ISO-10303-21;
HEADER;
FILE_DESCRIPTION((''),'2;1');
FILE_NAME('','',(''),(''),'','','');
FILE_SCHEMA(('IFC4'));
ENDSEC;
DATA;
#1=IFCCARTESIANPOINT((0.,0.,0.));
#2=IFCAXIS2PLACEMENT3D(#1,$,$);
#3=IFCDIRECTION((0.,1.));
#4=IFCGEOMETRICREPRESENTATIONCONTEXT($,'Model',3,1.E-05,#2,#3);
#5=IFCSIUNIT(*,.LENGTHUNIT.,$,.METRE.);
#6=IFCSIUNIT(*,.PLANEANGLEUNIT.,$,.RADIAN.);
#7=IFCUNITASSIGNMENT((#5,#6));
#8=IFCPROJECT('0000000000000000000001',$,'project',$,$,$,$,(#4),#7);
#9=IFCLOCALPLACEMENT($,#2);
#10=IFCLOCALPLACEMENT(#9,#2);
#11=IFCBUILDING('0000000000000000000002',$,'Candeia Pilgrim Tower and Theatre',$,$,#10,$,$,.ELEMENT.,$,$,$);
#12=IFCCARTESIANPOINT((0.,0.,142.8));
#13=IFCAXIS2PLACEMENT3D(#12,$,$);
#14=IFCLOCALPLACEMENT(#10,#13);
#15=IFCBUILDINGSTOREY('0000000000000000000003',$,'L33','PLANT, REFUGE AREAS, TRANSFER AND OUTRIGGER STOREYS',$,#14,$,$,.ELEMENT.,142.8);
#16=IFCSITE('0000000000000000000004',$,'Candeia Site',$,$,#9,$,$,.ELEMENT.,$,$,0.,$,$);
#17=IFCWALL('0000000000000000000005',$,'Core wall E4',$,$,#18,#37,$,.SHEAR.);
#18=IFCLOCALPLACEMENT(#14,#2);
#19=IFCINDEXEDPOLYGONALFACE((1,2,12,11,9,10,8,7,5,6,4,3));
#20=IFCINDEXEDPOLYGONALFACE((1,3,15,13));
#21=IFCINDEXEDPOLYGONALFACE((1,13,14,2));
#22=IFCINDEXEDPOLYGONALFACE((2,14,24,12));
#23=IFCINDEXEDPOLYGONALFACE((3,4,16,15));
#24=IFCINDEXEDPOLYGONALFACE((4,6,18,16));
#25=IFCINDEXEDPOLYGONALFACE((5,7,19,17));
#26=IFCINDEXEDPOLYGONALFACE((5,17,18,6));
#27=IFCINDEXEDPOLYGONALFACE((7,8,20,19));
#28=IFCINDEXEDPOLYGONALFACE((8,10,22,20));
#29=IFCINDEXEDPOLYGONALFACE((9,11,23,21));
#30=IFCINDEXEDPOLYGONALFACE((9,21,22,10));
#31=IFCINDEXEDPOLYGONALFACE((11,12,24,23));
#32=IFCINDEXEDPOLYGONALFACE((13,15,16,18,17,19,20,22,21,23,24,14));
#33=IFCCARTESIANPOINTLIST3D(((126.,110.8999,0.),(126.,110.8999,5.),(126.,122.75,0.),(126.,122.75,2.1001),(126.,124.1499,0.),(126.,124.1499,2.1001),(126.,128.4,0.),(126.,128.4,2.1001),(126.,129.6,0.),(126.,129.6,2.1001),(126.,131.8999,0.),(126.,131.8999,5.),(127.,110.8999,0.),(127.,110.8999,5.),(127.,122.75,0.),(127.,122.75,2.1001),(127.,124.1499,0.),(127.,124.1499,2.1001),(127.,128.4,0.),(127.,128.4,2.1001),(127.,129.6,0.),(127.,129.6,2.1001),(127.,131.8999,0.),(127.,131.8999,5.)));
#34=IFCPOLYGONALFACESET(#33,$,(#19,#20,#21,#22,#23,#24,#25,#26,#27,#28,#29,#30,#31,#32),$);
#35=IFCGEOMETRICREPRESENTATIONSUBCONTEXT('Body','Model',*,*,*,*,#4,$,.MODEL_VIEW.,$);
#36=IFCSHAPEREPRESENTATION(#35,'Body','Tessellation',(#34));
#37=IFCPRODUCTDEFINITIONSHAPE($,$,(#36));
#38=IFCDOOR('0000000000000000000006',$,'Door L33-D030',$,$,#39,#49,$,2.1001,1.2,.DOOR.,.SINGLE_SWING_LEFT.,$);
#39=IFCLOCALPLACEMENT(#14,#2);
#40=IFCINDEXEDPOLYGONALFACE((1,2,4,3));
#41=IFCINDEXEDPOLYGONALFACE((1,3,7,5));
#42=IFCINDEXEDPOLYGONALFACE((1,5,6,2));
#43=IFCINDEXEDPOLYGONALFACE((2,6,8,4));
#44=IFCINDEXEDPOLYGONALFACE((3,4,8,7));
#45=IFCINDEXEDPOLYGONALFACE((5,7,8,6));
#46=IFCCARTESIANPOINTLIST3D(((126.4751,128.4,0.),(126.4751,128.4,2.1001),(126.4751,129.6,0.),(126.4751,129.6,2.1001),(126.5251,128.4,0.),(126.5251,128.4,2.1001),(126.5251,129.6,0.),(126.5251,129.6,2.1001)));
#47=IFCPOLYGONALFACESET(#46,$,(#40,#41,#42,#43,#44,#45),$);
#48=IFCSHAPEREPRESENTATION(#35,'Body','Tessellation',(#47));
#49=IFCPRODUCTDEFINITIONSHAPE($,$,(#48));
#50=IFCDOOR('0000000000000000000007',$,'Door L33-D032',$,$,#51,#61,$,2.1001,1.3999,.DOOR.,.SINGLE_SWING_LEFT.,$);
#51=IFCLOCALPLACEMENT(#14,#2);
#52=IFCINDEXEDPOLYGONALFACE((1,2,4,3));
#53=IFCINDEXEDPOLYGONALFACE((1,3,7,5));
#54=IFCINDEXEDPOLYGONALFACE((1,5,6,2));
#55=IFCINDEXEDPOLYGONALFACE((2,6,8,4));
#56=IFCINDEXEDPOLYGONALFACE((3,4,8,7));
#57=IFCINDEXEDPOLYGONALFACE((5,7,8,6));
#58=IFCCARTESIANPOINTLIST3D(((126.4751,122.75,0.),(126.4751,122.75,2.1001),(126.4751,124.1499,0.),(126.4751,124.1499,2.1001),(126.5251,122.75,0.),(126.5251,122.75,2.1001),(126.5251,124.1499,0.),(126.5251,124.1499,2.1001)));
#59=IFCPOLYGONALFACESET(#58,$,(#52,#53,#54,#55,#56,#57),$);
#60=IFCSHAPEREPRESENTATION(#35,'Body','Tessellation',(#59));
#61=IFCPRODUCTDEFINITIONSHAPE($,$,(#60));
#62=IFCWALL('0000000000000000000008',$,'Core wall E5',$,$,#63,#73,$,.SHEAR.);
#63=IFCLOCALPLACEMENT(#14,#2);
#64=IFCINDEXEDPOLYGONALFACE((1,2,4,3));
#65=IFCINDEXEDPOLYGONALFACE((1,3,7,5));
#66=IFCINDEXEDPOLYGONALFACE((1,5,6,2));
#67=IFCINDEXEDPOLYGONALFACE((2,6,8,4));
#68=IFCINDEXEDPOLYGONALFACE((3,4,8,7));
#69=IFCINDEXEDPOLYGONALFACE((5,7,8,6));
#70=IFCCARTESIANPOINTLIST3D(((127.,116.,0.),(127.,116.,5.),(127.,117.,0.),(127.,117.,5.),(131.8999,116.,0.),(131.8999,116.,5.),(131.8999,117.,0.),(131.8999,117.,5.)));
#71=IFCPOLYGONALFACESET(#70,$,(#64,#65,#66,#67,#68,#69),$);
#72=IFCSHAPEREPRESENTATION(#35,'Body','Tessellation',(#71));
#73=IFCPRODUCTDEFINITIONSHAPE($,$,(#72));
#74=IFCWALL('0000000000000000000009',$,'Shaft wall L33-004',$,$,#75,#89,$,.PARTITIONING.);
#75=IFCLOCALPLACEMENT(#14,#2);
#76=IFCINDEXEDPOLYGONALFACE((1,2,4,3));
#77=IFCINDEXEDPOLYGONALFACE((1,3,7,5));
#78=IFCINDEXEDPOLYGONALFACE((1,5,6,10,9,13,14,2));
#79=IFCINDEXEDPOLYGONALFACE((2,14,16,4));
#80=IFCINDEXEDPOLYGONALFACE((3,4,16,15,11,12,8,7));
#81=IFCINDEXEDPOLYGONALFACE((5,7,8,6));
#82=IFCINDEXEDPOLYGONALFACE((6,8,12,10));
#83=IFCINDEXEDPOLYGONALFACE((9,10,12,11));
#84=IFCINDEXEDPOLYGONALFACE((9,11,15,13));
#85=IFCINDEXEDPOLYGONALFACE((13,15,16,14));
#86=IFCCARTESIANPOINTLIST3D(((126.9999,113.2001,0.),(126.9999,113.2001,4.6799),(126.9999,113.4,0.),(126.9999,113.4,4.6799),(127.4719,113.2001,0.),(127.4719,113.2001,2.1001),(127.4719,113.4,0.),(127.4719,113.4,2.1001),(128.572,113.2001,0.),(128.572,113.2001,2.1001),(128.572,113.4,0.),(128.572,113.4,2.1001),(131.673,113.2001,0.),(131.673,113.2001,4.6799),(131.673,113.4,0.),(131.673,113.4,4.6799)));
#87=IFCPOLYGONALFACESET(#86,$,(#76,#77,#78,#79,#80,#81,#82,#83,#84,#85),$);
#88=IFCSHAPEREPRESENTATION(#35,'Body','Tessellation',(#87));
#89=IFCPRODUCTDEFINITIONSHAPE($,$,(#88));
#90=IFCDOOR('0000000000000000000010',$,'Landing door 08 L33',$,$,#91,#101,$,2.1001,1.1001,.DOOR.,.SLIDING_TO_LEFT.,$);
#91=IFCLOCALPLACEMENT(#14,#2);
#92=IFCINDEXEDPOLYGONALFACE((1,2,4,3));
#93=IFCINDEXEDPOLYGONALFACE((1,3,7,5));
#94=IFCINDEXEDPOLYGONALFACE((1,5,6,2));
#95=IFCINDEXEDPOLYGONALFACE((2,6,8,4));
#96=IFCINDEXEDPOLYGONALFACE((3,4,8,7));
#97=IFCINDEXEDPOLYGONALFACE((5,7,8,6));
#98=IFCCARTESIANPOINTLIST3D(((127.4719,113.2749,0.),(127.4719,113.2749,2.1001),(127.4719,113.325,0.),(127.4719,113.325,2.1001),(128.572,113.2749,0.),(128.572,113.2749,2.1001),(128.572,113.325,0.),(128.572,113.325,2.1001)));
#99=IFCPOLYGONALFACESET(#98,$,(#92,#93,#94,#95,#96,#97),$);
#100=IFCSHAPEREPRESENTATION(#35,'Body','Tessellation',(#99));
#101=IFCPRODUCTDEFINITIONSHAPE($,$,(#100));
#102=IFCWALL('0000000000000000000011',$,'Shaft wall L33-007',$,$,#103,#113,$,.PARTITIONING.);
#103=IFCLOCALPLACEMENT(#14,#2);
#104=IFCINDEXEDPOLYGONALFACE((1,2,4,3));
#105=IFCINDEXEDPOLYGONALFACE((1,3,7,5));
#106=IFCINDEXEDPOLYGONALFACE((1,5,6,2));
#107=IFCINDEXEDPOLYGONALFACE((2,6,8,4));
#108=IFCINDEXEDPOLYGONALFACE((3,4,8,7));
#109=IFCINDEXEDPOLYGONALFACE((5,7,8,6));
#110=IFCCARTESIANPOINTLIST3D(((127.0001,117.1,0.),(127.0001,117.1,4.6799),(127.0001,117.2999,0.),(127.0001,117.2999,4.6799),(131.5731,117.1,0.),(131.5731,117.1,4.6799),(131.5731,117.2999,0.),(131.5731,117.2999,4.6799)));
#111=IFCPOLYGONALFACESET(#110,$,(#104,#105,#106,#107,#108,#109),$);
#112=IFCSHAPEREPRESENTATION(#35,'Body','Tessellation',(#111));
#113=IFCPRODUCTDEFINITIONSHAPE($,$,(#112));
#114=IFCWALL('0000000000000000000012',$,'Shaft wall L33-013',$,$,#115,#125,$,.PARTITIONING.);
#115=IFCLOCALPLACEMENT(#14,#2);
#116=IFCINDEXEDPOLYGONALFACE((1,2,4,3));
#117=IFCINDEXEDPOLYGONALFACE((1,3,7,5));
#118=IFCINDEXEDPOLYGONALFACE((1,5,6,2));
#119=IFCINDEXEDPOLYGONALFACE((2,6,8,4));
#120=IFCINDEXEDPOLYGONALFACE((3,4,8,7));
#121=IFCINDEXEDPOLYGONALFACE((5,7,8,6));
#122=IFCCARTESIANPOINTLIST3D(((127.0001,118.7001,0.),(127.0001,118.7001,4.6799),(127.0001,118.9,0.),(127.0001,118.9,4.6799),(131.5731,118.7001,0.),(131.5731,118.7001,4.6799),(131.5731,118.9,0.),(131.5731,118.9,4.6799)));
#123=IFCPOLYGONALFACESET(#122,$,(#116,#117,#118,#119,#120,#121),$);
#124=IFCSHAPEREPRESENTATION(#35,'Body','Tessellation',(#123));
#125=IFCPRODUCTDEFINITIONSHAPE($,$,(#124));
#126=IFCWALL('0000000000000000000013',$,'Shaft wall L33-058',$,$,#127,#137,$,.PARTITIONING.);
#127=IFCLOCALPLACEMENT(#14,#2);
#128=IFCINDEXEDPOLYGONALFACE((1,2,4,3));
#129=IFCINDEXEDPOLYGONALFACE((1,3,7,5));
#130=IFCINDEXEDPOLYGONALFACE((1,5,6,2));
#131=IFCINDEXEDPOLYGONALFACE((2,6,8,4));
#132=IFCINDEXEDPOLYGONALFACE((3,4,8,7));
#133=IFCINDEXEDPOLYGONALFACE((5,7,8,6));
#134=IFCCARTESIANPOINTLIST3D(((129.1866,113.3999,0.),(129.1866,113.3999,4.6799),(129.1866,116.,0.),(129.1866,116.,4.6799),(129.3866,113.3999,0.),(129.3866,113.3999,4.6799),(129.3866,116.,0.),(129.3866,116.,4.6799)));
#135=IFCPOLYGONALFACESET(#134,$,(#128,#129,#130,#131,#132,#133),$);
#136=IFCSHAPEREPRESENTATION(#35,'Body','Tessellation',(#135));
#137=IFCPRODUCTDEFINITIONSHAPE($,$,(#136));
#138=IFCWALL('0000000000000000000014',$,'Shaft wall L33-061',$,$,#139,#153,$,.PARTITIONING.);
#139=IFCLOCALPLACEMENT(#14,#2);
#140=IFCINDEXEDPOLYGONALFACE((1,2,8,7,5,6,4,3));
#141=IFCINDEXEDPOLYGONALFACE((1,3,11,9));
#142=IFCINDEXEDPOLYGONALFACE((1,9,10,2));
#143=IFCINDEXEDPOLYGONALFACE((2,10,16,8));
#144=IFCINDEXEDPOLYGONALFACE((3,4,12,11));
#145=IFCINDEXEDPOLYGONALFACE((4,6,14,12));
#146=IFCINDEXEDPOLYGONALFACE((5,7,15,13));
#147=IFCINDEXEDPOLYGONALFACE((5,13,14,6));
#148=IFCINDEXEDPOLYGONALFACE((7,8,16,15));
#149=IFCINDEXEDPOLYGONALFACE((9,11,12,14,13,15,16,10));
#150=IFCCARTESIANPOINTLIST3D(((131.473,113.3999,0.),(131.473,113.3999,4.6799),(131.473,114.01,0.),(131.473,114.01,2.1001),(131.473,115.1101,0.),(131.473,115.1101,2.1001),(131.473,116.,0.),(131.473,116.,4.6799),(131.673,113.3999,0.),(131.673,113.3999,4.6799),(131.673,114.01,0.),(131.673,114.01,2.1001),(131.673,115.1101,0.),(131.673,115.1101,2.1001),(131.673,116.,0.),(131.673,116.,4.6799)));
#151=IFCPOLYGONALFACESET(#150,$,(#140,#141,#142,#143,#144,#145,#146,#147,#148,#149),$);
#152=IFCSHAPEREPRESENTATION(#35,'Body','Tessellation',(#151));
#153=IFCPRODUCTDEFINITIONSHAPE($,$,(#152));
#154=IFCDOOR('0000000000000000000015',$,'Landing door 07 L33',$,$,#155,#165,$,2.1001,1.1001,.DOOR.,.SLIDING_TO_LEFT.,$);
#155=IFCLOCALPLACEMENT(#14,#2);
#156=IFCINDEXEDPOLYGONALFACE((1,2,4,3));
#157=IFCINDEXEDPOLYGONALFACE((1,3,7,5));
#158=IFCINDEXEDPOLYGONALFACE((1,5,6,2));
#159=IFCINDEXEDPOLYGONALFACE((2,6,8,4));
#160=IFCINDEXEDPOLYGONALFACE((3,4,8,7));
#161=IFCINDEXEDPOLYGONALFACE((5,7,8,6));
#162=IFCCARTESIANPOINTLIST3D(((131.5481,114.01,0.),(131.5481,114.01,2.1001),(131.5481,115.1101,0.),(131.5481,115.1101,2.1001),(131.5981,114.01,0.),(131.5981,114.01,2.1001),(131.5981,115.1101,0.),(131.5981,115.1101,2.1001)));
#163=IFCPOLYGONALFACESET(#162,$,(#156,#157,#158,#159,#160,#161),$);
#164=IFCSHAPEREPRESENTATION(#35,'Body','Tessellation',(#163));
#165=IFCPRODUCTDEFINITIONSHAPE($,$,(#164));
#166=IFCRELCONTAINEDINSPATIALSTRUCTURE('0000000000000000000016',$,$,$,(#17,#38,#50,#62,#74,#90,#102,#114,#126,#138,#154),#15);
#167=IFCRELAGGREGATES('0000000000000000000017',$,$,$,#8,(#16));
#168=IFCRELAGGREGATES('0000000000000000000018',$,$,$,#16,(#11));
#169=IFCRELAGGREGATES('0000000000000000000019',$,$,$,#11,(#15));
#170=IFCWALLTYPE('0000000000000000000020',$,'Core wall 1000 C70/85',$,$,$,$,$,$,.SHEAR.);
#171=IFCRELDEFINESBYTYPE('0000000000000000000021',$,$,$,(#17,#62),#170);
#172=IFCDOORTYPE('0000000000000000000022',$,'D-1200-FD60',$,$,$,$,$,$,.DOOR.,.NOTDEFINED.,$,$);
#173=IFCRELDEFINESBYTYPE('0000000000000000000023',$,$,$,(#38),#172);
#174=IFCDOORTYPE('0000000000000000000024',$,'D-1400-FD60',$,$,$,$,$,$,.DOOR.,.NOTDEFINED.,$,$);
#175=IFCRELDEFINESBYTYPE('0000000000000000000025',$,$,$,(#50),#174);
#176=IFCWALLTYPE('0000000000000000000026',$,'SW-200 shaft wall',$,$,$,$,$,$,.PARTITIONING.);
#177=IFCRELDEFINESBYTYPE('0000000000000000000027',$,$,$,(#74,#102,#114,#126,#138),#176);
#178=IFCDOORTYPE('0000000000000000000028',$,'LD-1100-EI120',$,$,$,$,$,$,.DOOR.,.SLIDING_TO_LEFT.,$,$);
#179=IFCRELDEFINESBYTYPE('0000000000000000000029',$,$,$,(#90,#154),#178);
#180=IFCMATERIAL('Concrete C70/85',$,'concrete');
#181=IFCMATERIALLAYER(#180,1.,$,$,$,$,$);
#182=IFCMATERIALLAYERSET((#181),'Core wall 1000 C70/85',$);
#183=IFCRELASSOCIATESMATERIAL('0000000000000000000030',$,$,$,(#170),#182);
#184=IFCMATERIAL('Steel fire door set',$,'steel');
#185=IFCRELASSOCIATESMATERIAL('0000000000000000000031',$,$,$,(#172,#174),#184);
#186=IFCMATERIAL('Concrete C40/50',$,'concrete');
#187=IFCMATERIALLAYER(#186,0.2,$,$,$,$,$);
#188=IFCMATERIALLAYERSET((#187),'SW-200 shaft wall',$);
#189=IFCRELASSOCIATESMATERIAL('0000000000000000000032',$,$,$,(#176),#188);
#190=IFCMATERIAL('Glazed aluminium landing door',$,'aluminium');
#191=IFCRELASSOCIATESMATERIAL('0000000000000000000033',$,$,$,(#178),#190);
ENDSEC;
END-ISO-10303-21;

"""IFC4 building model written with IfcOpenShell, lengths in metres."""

from ifc_helpers import new_model, si_unit, direction, frame, frame_2d, origin, place, context, subcontext, project, spatial, rectangle, extrude, material, layer, layer_set, type_object, element, fill, save


model = new_model("IFC4")

# Units and contexts
model_context = context("Model", 3, precision=1e-05, world=origin(), true_north=direction((0.0, 1.0)))
body_context = subcontext(model_context, "Body", "Model", "MODEL_VIEW")
ifc_project = project(units=[si_unit("LENGTHUNIT", "METRE"), si_unit("PLANEANGLEUNIT", "RADIAN")], contexts=[model_context])

# Site, building, storey
site_placement = place(None, origin())
site = spatial("IfcSite", under=ifc_project, at=site_placement, Name="Candeia Site", CompositionType="ELEMENT", RefElevation=0.0)
building_placement = place(site_placement, origin())
building = spatial("IfcBuilding", under=site, at=building_placement, Name="Candeia Pilgrim Tower and Theatre", CompositionType="ELEMENT")
storey_placement = place(building_placement, frame((0.0, 0.0, 142.8)))
storey = spatial("IfcBuildingStorey", under=building, at=storey_placement, Name="L33", Description="PLANT, REFUGE AREAS, TRANSFER AND OUTRIGGER STOREYS", CompositionType="ELEMENT", Elevation=142.8)

# Shared definitions
ifc_material_1 = material(Name="Concrete C70/85", Category="concrete")

# Wall, openings, doors
ifc_layer_1 = layer(ifc_material_1, 1.0)
ifc_layer_set_1 = layer_set([ifc_layer_1], Name="Core wall 1000 C70/85")
wall_type_1 = type_object("IfcWallType", Name="Core wall 1000 C70/85", PredefinedType="SHEAR", material=ifc_layer_set_1)
wall_1_placement = place(storey_placement, frame((126.5, 110.8999, 0.0), z_axis=(0.0, 0.0, 1.0), x_axis=(0.0, 1.0, 0.0)))
wall_1 = element("IfcWall", 1, at=wall_1_placement, inside=storey, type_object=wall_type_1, Name="Core wall E4", PredefinedType="SHEAR", context=body_context, shape_type="SweptSolid", body=[
    extrude(rectangle(XDim=21.0, YDim=1.0, at=frame_2d((10.5, 0.0))), origin(), (0.0, 0.0, 1.0), 5.0),
])
opening_1_placement = place(wall_1_placement, frame((17.5, 0.0, 0.0)))
opening_1 = element("IfcOpeningElement", 2, at=opening_1_placement, cuts=wall_1, PredefinedType="OPENING", context=body_context, shape_type="SweptSolid", body=[
    extrude(rectangle(XDim=1.2, YDim=2.1001, at=frame_2d((0.6001, 1.05))), frame((0.0, 0.51, 0.0), z_axis=(0.0, -1.0, 0.0), x_axis=(1.0, 0.0, 0.0)), (0.0, 0.0, 1.0), 1.02),
])
opening_2_placement = place(wall_1_placement, frame((11.8501, 0.0, 0.0)))
opening_2 = element("IfcOpeningElement", 3, at=opening_2_placement, cuts=wall_1, PredefinedType="OPENING", context=body_context, shape_type="SweptSolid", body=[
    extrude(rectangle(XDim=1.3999, YDim=2.1001, at=frame_2d((0.7, 1.05))), frame((0.0, 0.51, 0.0), z_axis=(0.0, -1.0, 0.0), x_axis=(1.0, 0.0, 0.0)), (0.0, 0.0, 1.0), 1.02),
])
ifc_material_2 = material(Name="Steel fire door set", Category="steel")
door_type_1 = type_object("IfcDoorType", Name="D-1200-FD60", OperationType="NOTDEFINED", PredefinedType="DOOR", material=ifc_material_2)
door_1_placement = place(opening_1_placement, origin())
door_1 = element("IfcDoor", 4, at=door_1_placement, inside=storey, type_object=door_type_1, Name="Door L33-D030", OperationType="SINGLE_SWING_LEFT", OverallHeight=2.1001, OverallWidth=1.2, PredefinedType="DOOR", context=body_context, shape_type="SweptSolid", body=[
    extrude(rectangle(XDim=1.2, YDim=2.1001, at=frame_2d((0.6001, 1.05))), frame((0.0, 0.0249, 0.0), z_axis=(0.0, -1.0, 0.0), x_axis=(1.0, 0.0, 0.0)), (0.0, 0.0, 1.0), 0.05),
])
fill(opening_1, door_1)
door_type_2 = type_object("IfcDoorType", Name="D-1400-FD60", OperationType="NOTDEFINED", PredefinedType="DOOR", material=ifc_material_2)
door_2_placement = place(opening_2_placement, origin())
door_2 = element("IfcDoor", 5, at=door_2_placement, inside=storey, type_object=door_type_2, Name="Door L33-D032", OperationType="SINGLE_SWING_LEFT", OverallHeight=2.1001, OverallWidth=1.3999, PredefinedType="DOOR", context=body_context, shape_type="SweptSolid", body=[
    extrude(rectangle(XDim=1.3999, YDim=2.1001, at=frame_2d((0.7, 1.05))), frame((0.0, 0.0249, 0.0), z_axis=(0.0, -1.0, 0.0), x_axis=(1.0, 0.0, 0.0)), (0.0, 0.0, 1.0), 0.05),
])
fill(opening_2, door_2)

# Wall
wall_2_placement = place(storey_placement, frame((127.0, 116.5, 0.0), z_axis=(0.0, 0.0, 1.0), x_axis=(1.0, 0.0, 0.0)))
element("IfcWall", 6, at=wall_2_placement, inside=storey, type_object=wall_type_1, Name="Core wall E5", PredefinedType="SHEAR", context=body_context, shape_type="SweptSolid", body=[
    extrude(rectangle(XDim=4.8999, YDim=1.0, at=frame_2d((2.45, 0.0))), origin(), (0.0, 0.0, 1.0), 5.0),
])

# Wall, opening, door
ifc_material_3 = material(Name="Concrete C40/50", Category="concrete")
ifc_layer_2 = layer(ifc_material_3, 0.2)
ifc_layer_set_2 = layer_set([ifc_layer_2], Name="SW-200 shaft wall")
wall_type_2 = type_object("IfcWallType", Name="SW-200 shaft wall", PredefinedType="PARTITIONING", material=ifc_layer_set_2)
wall_3_placement = place(storey_placement, frame((127.0, 113.3, 0.0), z_axis=(0.0, 0.0, 1.0), x_axis=(1.0, 0.0, 0.0)))
wall_3 = element("IfcWall", 7, at=wall_3_placement, inside=storey, type_object=wall_type_2, Name="Shaft wall L33-004", PredefinedType="PARTITIONING", context=body_context, shape_type="SweptSolid", body=[
    extrude(rectangle(XDim=4.6731, YDim=0.2, at=frame_2d((2.3364, 0.0))), origin(), (0.0, 0.0, 1.0), 4.6799),
])
opening_3_placement = place(wall_3_placement, frame((0.4719, 0.0, 0.0)))
opening_3 = element("IfcOpeningElement", 8, at=opening_3_placement, cuts=wall_3, PredefinedType="OPENING", context=body_context, shape_type="SweptSolid", body=[
    extrude(rectangle(XDim=1.1001, YDim=2.1001, at=frame_2d((0.55, 1.05))), frame((0.0, 0.1099, 0.0), z_axis=(0.0, -1.0, 0.0), x_axis=(1.0, 0.0, 0.0)), (0.0, 0.0, 1.0), 0.22),
])
ifc_material_4 = material(Name="Glazed aluminium landing door", Category="aluminium")
door_type_3 = type_object("IfcDoorType", Name="LD-1100-EI120", OperationType="SLIDING_TO_LEFT", PredefinedType="DOOR", material=ifc_material_4)
door_3_placement = place(opening_3_placement, origin())
door_3 = element("IfcDoor", 9, at=door_3_placement, inside=storey, type_object=door_type_3, Name="Landing door 08 L33", OperationType="SLIDING_TO_LEFT", OverallHeight=2.1001, OverallWidth=1.1001, PredefinedType="DOOR", context=body_context, shape_type="SweptSolid", body=[
    extrude(rectangle(XDim=1.1001, YDim=2.1001, at=frame_2d((0.55, 1.05))), frame((0.0, 0.0249, 0.0), z_axis=(0.0, -1.0, 0.0), x_axis=(1.0, 0.0, 0.0)), (0.0, 0.0, 1.0), 0.05),
])
fill(opening_3, door_3)

# Walls
for number, where, z_axis, x_axis, name in (
    (10, (127.0, 117.2, 0.0), (0.0, 0.0, 1.0), (1.0, 0.0, 0.0), "Shaft wall L33-007"),
    (11, (127.0, 118.8, 0.0), (0.0, 0.0, 1.0), (1.0, 0.0, 0.0), "Shaft wall L33-013"),
):
    element("IfcWall", number, at=place(storey_placement, frame(where, z_axis=z_axis, x_axis=x_axis)), inside=storey, type_object=wall_type_2, Name=name, PredefinedType="PARTITIONING", context=body_context, shape_type="SweptSolid", body=[
        extrude(rectangle(XDim=4.573, YDim=0.2, at=frame_2d((2.2866, 0.0))), origin(), (0.0, 0.0, 1.0), 4.6799),
    ])
wall_4_placement = place(storey_placement, frame((129.2866, 113.3999, 0.0), z_axis=(0.0, 0.0, 1.0), x_axis=(0.0, 1.0, 0.0)))
element("IfcWall", 12, at=wall_4_placement, inside=storey, type_object=wall_type_2, Name="Shaft wall L33-058", PredefinedType="PARTITIONING", context=body_context, shape_type="SweptSolid", body=[
    extrude(rectangle(XDim=2.6001, YDim=0.2, at=frame_2d((1.3, 0.0))), origin(), (0.0, 0.0, 1.0), 4.6799),
])

# Wall, opening, door
wall_5_placement = place(storey_placement, frame((131.573, 113.3999, 0.0), z_axis=(0.0, 0.0, 1.0), x_axis=(0.0, 1.0, 0.0)))
wall_5 = element("IfcWall", 13, at=wall_5_placement, inside=storey, type_object=wall_type_2, Name="Shaft wall L33-061", PredefinedType="PARTITIONING", context=body_context, shape_type="SweptSolid", body=[
    extrude(rectangle(XDim=2.6001, YDim=0.2, at=frame_2d((1.3, 0.0))), origin(), (0.0, 0.0, 1.0), 4.6799),
])
opening_4_placement = place(wall_5_placement, frame((0.6101, 0.0, 0.0)))
opening_4 = element("IfcOpeningElement", 14, at=opening_4_placement, cuts=wall_5, PredefinedType="OPENING", context=body_context, shape_type="SweptSolid", body=[
    extrude(rectangle(XDim=1.1001, YDim=2.1001, at=frame_2d((0.55, 1.05))), frame((0.0, 0.1099, 0.0), z_axis=(0.0, -1.0, 0.0), x_axis=(1.0, 0.0, 0.0)), (0.0, 0.0, 1.0), 0.22),
])
door_4_placement = place(opening_4_placement, origin())
door_4 = element("IfcDoor", 15, at=door_4_placement, inside=storey, type_object=door_type_3, Name="Landing door 07 L33", OperationType="SLIDING_TO_LEFT", OverallHeight=2.1001, OverallWidth=1.1001, PredefinedType="DOOR", context=body_context, shape_type="SweptSolid", body=[
    extrude(rectangle(XDim=1.1001, YDim=2.1001, at=frame_2d((0.55, 1.05))), frame((0.0, 0.0249, 0.0), z_axis=(0.0, -1.0, 0.0), x_axis=(1.0, 0.0, 0.0)), (0.0, 0.0, 1.0), 0.05),
])
fill(opening_4, door_4)

save(model, "model.ifc")
